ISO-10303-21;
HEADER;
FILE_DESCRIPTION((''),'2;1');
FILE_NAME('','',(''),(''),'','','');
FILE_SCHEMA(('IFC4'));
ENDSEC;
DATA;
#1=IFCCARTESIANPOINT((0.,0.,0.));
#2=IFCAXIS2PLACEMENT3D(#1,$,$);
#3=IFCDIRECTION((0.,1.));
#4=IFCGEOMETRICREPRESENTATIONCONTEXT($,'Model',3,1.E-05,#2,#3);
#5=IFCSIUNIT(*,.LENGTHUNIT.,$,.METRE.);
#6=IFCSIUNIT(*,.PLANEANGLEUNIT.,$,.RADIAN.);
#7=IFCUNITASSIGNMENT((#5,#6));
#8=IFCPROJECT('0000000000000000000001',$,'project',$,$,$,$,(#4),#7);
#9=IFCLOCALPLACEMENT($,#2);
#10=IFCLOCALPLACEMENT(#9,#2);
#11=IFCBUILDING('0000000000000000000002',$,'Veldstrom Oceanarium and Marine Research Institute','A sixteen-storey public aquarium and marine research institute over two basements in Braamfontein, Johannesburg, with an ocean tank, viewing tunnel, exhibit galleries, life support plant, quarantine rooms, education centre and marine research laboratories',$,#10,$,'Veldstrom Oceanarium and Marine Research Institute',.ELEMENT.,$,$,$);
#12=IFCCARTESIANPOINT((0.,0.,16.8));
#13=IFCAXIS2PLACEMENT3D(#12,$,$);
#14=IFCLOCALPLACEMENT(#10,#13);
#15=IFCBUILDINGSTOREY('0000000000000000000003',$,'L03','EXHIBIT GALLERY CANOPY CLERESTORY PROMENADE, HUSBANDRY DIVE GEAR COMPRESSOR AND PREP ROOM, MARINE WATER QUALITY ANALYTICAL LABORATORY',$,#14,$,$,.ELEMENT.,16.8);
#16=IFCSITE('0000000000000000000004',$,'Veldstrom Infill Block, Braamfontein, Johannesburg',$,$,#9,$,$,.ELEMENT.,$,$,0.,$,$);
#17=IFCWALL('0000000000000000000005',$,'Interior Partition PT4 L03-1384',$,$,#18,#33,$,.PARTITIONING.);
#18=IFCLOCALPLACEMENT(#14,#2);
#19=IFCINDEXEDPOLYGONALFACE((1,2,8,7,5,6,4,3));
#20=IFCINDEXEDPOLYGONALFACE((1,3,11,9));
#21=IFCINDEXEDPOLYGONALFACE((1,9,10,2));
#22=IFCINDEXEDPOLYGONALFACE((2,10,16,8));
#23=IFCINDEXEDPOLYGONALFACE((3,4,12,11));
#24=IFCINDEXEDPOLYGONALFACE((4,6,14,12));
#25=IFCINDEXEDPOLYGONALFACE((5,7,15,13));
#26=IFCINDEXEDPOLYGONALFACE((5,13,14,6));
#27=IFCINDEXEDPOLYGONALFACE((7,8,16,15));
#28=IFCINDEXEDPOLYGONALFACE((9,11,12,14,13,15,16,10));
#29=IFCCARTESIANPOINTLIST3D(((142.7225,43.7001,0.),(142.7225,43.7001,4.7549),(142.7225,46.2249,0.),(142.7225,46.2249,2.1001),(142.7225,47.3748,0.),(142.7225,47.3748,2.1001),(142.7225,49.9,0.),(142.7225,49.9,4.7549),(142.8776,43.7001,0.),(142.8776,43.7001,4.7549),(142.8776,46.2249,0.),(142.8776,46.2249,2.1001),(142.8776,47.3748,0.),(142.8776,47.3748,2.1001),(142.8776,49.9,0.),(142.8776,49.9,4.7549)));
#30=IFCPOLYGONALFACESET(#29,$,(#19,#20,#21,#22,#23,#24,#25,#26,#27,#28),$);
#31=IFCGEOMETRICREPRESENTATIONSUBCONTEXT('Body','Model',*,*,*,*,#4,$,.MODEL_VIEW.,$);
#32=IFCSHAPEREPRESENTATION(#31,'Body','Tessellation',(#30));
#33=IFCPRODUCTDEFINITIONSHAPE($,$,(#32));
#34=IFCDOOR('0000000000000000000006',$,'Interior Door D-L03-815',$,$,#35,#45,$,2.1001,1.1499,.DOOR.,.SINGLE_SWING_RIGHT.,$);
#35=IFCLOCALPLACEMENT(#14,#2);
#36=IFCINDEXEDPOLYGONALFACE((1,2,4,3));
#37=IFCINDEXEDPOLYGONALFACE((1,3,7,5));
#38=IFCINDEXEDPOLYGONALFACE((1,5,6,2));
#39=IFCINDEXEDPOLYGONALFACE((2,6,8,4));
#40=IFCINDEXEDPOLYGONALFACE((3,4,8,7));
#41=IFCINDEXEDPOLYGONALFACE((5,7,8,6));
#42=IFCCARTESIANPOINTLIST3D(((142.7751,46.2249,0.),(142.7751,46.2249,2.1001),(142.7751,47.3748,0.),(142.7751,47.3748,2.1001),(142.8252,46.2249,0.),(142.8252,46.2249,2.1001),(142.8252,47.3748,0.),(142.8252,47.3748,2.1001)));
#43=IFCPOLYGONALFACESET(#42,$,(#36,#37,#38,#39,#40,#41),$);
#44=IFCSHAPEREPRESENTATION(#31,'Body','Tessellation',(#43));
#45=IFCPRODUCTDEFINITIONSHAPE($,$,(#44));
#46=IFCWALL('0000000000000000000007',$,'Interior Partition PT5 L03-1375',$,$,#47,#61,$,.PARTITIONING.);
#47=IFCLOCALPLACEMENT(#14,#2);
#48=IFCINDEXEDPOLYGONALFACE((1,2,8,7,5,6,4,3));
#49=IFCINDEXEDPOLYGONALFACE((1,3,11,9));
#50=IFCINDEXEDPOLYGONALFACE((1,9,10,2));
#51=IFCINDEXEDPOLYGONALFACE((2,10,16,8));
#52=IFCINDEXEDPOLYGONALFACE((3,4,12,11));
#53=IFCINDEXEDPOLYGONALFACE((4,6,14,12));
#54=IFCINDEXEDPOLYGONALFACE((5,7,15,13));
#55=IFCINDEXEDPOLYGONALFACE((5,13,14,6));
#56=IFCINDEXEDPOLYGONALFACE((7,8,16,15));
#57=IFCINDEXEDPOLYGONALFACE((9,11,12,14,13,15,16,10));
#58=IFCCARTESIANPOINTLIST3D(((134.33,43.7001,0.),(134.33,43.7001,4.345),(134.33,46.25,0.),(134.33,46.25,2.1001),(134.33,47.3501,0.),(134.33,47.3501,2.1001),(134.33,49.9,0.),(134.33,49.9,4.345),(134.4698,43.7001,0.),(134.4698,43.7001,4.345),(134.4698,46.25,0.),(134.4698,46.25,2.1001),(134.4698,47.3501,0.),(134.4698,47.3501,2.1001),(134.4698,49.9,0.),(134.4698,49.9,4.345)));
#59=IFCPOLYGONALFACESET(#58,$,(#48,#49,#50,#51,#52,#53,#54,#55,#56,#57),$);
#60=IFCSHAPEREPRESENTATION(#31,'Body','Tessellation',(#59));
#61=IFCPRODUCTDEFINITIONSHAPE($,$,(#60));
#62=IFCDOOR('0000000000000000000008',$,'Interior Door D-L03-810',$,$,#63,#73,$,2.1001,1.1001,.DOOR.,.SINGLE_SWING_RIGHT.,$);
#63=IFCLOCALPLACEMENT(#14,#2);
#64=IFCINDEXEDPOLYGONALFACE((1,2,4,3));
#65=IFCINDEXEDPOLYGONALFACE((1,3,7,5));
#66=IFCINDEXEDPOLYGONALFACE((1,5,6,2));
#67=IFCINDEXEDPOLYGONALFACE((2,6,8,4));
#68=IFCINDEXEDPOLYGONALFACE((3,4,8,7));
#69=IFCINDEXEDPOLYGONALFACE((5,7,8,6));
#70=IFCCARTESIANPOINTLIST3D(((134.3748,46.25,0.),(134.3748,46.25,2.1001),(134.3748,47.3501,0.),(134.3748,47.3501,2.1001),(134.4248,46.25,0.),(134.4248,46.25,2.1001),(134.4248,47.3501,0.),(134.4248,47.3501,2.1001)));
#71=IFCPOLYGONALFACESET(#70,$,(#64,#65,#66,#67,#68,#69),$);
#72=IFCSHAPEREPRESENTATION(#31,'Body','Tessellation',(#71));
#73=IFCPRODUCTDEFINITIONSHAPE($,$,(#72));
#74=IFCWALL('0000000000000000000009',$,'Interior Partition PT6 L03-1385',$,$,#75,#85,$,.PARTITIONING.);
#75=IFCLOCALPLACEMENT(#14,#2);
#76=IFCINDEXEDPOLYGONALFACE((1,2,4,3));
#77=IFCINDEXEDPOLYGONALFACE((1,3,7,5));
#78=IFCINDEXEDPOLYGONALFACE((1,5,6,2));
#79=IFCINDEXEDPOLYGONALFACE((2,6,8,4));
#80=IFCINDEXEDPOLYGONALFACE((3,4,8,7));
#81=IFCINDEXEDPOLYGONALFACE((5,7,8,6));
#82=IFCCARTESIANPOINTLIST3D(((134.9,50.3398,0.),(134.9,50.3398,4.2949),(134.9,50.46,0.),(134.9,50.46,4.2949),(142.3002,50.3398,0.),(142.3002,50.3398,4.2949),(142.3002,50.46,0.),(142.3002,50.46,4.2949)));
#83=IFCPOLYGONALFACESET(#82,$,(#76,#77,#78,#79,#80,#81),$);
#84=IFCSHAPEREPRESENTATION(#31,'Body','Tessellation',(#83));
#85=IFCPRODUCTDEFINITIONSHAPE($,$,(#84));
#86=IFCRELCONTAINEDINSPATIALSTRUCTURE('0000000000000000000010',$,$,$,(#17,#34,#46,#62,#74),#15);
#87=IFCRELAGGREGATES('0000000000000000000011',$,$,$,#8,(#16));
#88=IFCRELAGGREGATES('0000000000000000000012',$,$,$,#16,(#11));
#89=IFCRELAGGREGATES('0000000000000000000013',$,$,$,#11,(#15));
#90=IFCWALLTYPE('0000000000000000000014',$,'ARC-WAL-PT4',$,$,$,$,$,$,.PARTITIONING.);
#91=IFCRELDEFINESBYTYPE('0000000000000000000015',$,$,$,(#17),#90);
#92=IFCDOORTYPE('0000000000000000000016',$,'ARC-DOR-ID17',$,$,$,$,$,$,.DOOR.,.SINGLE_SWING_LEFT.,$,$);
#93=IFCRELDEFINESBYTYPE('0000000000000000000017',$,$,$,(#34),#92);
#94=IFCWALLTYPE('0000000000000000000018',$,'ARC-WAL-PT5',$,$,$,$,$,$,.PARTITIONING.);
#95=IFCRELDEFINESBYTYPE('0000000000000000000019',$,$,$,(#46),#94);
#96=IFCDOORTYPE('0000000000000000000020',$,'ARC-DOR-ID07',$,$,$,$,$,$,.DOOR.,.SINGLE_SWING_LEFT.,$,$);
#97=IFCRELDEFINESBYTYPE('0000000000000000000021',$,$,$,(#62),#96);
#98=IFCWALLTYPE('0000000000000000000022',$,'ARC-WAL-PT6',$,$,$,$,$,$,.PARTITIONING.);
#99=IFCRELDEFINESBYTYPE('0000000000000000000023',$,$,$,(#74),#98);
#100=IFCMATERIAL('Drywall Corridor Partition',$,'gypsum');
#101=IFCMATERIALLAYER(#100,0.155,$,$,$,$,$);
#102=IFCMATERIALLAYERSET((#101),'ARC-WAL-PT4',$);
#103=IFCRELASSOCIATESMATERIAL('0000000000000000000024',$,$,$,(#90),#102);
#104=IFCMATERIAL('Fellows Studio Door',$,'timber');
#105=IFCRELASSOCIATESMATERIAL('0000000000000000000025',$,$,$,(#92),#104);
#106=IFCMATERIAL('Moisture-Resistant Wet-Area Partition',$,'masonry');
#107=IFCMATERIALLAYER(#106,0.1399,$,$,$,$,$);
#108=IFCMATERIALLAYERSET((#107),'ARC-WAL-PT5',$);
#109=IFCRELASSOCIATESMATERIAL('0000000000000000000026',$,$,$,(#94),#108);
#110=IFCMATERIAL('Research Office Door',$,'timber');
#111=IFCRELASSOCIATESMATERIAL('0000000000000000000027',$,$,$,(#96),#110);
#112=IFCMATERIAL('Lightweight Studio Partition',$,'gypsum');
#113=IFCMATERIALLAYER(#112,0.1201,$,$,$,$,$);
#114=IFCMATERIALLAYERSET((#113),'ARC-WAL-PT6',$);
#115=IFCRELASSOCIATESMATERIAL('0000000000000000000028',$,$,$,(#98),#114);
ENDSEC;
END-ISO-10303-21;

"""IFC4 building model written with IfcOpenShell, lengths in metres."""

from ifc_helpers import new_model, si_unit, direction, frame, frame_2d, origin, place, context, subcontext, project, spatial, rectangle, extrude, material, layer, layer_set, type_object, element, fill, save


model = new_model("IFC4")

# Units and contexts
model_context = context("Model", 3, precision=1e-05, world=origin(), true_north=direction((0.0, 1.0)))
body_context = subcontext(model_context, "Body", "Model", "MODEL_VIEW")
ifc_project = project(units=[si_unit("LENGTHUNIT", "METRE"), si_unit("PLANEANGLEUNIT", "RADIAN")], contexts=[model_context])

# Site, building, storey
site_placement = place(None, origin())
site = spatial("IfcSite", under=ifc_project, at=site_placement, Name="Veldstrom Infill Block, Braamfontein, Johannesburg", CompositionType="ELEMENT", RefElevation=0.0)
building_placement = place(site_placement, origin())
building = spatial("IfcBuilding", under=site, at=building_placement, Name="Veldstrom Oceanarium and Marine Research Institute", Description="A sixteen-storey public aquarium and marine research institute over two basements in Braamfontein, Johannesburg, with an ocean tank, viewing tunnel, exhibit galleries, life support plant, quarantine rooms, education centre and marine research laboratories", LongName="Veldstrom Oceanarium and Marine Research Institute", CompositionType="ELEMENT")
storey_placement = place(building_placement, frame((0.0, 0.0, 16.8)))
storey = spatial("IfcBuildingStorey", under=building, at=storey_placement, Name="L03", Description="EXHIBIT GALLERY CANOPY CLERESTORY PROMENADE, HUSBANDRY DIVE GEAR COMPRESSOR AND PREP ROOM, MARINE WATER QUALITY ANALYTICAL LABORATORY", CompositionType="ELEMENT", Elevation=16.8)

# Walls, openings, doors
ifc_material_1 = material(Name="Drywall Corridor Partition", Category="gypsum")
ifc_layer_1 = layer(ifc_material_1, 0.155)
ifc_layer_set_1 = layer_set([ifc_layer_1], Name="ARC-WAL-PT4")
wall_type_1 = type_object("IfcWallType", Name="ARC-WAL-PT4", PredefinedType="PARTITIONING", material=ifc_layer_set_1)
wall_1_placement = place(storey_placement, frame((142.8, 43.7, 0.0), z_axis=(0.0, 0.0, 1.0), x_axis=(0.0, 1.0, 0.0)))
wall_1 = element("IfcWall", 1, at=wall_1_placement, inside=storey, type_object=wall_type_1, Name="Interior Partition PT4 L03-1384", PredefinedType="PARTITIONING", context=body_context, shape_type="SweptSolid", body=[
    extrude(rectangle(XDim=6.2, YDim=0.155, at=frame_2d((3.1001, 0.0))), origin(), (0.0, 0.0, 1.0), 4.7549),
])
opening_1_placement = place(wall_1_placement, frame((2.5249, 0.0, 0.0)))
opening_1 = element("IfcOpeningElement", 2, at=opening_1_placement, cuts=wall_1, PredefinedType="OPENING", context=body_context, shape_type="SweptSolid", body=[
    extrude(rectangle(XDim=1.1499, YDim=2.1001, at=frame_2d((0.575, 1.05))), frame((0.0, 0.0874, 0.0), z_axis=(0.0, -1.0, 0.0), x_axis=(1.0, 0.0, 0.0)), (0.0, 0.0, 1.0), 0.175),
])
ifc_material_2 = material(Name="Fellows Studio Door", Category="timber")
door_type_1 = type_object("IfcDoorType", Name="ARC-DOR-ID17", OperationType="SINGLE_SWING_LEFT", PredefinedType="DOOR", material=ifc_material_2)
door_1_placement = place(opening_1_placement, origin())
door_1 = element("IfcDoor", 3, at=door_1_placement, inside=storey, type_object=door_type_1, Name="Interior Door D-L03-815", OperationType="SINGLE_SWING_RIGHT", OverallHeight=2.1001, OverallWidth=1.1499, PredefinedType="DOOR", context=body_context, shape_type="SweptSolid", body=[
    extrude(rectangle(XDim=1.1499, YDim=2.1001, at=frame_2d((0.575, 1.05))), frame((0.0, 0.0249, 0.0), z_axis=(0.0, -1.0, 0.0), x_axis=(1.0, 0.0, 0.0)), (0.0, 0.0, 1.0), 0.05),
])
fill(opening_1, door_1)
ifc_material_3 = material(Name="Moisture-Resistant Wet-Area Partition", Category="masonry")
ifc_layer_2 = layer(ifc_material_3, 0.1399)
ifc_layer_set_2 = layer_set([ifc_layer_2], Name="ARC-WAL-PT5")
wall_type_2 = type_object("IfcWallType", Name="ARC-WAL-PT5", PredefinedType="PARTITIONING", material=ifc_layer_set_2)
wall_2_placement = place(storey_placement, frame((134.3999, 43.7, 0.0), z_axis=(0.0, 0.0, 1.0), x_axis=(0.0, 1.0, 0.0)))
wall_2 = element("IfcWall", 4, at=wall_2_placement, inside=storey, type_object=wall_type_2, Name="Interior Partition PT5 L03-1375", PredefinedType="PARTITIONING", context=body_context, shape_type="SweptSolid", body=[
    extrude(rectangle(XDim=6.2, YDim=0.1399, at=frame_2d((3.1001, 0.0))), origin(), (0.0, 0.0, 1.0), 4.345),
])
opening_2_placement = place(wall_2_placement, frame((2.55, 0.0, 0.0)))
opening_2 = element("IfcOpeningElement", 5, at=opening_2_placement, cuts=wall_2, PredefinedType="OPENING", context=body_context, shape_type="SweptSolid", body=[
    extrude(rectangle(XDim=1.1001, YDim=2.1001, at=frame_2d((0.55, 1.05))), frame((0.0, 0.0798, 0.0), z_axis=(0.0, -1.0, 0.0), x_axis=(1.0, 0.0, 0.0)), (0.0, 0.0, 1.0), 0.1599),
])
ifc_material_4 = material(Name="Research Office Door", Category="timber")
door_type_2 = type_object("IfcDoorType", Name="ARC-DOR-ID07", OperationType="SINGLE_SWING_LEFT", PredefinedType="DOOR", material=ifc_material_4)
door_2_placement = place(opening_2_placement, frame((1.1001, 0.0, 0.0), z_axis=(0.0, 0.0, 1.0), x_axis=(-1.0, 0.0, 0.0)))
door_2 = element("IfcDoor", 6, at=door_2_placement, inside=storey, type_object=door_type_2, Name="Interior Door D-L03-810", OperationType="SINGLE_SWING_RIGHT", OverallHeight=2.1001, OverallWidth=1.1001, PredefinedType="DOOR", context=body_context, shape_type="SweptSolid", body=[
    extrude(rectangle(XDim=1.1001, YDim=2.1001, at=frame_2d((0.55, 1.05))), frame((0.0, 0.0249, 0.0), z_axis=(0.0, -1.0, 0.0), x_axis=(1.0, 0.0, 0.0)), (0.0, 0.0, 1.0), 0.05),
])
fill(opening_2, door_2)

# Wall
ifc_material_5 = material(Name="Lightweight Studio Partition", Category="gypsum")
ifc_layer_3 = layer(ifc_material_5, 0.1201)
ifc_layer_set_3 = layer_set([ifc_layer_3], Name="ARC-WAL-PT6")
wall_type_3 = type_object("IfcWallType", Name="ARC-WAL-PT6", PredefinedType="PARTITIONING", material=ifc_layer_set_3)
wall_3_placement = place(storey_placement, frame((134.8999, 50.3999, 0.0), z_axis=(0.0, 0.0, 1.0), x_axis=(1.0, 0.0, 0.0)))
element("IfcWall", 7, at=wall_3_placement, inside=storey, type_object=wall_type_3, Name="Interior Partition PT6 L03-1385", PredefinedType="PARTITIONING", context=body_context, shape_type="SweptSolid", body=[
    extrude(rectangle(XDim=7.4001, YDim=0.1201, at=frame_2d((3.7002, 0.0))), origin(), (0.0, 0.0, 1.0), 4.2949),
])

save(model, "model.ifc")
